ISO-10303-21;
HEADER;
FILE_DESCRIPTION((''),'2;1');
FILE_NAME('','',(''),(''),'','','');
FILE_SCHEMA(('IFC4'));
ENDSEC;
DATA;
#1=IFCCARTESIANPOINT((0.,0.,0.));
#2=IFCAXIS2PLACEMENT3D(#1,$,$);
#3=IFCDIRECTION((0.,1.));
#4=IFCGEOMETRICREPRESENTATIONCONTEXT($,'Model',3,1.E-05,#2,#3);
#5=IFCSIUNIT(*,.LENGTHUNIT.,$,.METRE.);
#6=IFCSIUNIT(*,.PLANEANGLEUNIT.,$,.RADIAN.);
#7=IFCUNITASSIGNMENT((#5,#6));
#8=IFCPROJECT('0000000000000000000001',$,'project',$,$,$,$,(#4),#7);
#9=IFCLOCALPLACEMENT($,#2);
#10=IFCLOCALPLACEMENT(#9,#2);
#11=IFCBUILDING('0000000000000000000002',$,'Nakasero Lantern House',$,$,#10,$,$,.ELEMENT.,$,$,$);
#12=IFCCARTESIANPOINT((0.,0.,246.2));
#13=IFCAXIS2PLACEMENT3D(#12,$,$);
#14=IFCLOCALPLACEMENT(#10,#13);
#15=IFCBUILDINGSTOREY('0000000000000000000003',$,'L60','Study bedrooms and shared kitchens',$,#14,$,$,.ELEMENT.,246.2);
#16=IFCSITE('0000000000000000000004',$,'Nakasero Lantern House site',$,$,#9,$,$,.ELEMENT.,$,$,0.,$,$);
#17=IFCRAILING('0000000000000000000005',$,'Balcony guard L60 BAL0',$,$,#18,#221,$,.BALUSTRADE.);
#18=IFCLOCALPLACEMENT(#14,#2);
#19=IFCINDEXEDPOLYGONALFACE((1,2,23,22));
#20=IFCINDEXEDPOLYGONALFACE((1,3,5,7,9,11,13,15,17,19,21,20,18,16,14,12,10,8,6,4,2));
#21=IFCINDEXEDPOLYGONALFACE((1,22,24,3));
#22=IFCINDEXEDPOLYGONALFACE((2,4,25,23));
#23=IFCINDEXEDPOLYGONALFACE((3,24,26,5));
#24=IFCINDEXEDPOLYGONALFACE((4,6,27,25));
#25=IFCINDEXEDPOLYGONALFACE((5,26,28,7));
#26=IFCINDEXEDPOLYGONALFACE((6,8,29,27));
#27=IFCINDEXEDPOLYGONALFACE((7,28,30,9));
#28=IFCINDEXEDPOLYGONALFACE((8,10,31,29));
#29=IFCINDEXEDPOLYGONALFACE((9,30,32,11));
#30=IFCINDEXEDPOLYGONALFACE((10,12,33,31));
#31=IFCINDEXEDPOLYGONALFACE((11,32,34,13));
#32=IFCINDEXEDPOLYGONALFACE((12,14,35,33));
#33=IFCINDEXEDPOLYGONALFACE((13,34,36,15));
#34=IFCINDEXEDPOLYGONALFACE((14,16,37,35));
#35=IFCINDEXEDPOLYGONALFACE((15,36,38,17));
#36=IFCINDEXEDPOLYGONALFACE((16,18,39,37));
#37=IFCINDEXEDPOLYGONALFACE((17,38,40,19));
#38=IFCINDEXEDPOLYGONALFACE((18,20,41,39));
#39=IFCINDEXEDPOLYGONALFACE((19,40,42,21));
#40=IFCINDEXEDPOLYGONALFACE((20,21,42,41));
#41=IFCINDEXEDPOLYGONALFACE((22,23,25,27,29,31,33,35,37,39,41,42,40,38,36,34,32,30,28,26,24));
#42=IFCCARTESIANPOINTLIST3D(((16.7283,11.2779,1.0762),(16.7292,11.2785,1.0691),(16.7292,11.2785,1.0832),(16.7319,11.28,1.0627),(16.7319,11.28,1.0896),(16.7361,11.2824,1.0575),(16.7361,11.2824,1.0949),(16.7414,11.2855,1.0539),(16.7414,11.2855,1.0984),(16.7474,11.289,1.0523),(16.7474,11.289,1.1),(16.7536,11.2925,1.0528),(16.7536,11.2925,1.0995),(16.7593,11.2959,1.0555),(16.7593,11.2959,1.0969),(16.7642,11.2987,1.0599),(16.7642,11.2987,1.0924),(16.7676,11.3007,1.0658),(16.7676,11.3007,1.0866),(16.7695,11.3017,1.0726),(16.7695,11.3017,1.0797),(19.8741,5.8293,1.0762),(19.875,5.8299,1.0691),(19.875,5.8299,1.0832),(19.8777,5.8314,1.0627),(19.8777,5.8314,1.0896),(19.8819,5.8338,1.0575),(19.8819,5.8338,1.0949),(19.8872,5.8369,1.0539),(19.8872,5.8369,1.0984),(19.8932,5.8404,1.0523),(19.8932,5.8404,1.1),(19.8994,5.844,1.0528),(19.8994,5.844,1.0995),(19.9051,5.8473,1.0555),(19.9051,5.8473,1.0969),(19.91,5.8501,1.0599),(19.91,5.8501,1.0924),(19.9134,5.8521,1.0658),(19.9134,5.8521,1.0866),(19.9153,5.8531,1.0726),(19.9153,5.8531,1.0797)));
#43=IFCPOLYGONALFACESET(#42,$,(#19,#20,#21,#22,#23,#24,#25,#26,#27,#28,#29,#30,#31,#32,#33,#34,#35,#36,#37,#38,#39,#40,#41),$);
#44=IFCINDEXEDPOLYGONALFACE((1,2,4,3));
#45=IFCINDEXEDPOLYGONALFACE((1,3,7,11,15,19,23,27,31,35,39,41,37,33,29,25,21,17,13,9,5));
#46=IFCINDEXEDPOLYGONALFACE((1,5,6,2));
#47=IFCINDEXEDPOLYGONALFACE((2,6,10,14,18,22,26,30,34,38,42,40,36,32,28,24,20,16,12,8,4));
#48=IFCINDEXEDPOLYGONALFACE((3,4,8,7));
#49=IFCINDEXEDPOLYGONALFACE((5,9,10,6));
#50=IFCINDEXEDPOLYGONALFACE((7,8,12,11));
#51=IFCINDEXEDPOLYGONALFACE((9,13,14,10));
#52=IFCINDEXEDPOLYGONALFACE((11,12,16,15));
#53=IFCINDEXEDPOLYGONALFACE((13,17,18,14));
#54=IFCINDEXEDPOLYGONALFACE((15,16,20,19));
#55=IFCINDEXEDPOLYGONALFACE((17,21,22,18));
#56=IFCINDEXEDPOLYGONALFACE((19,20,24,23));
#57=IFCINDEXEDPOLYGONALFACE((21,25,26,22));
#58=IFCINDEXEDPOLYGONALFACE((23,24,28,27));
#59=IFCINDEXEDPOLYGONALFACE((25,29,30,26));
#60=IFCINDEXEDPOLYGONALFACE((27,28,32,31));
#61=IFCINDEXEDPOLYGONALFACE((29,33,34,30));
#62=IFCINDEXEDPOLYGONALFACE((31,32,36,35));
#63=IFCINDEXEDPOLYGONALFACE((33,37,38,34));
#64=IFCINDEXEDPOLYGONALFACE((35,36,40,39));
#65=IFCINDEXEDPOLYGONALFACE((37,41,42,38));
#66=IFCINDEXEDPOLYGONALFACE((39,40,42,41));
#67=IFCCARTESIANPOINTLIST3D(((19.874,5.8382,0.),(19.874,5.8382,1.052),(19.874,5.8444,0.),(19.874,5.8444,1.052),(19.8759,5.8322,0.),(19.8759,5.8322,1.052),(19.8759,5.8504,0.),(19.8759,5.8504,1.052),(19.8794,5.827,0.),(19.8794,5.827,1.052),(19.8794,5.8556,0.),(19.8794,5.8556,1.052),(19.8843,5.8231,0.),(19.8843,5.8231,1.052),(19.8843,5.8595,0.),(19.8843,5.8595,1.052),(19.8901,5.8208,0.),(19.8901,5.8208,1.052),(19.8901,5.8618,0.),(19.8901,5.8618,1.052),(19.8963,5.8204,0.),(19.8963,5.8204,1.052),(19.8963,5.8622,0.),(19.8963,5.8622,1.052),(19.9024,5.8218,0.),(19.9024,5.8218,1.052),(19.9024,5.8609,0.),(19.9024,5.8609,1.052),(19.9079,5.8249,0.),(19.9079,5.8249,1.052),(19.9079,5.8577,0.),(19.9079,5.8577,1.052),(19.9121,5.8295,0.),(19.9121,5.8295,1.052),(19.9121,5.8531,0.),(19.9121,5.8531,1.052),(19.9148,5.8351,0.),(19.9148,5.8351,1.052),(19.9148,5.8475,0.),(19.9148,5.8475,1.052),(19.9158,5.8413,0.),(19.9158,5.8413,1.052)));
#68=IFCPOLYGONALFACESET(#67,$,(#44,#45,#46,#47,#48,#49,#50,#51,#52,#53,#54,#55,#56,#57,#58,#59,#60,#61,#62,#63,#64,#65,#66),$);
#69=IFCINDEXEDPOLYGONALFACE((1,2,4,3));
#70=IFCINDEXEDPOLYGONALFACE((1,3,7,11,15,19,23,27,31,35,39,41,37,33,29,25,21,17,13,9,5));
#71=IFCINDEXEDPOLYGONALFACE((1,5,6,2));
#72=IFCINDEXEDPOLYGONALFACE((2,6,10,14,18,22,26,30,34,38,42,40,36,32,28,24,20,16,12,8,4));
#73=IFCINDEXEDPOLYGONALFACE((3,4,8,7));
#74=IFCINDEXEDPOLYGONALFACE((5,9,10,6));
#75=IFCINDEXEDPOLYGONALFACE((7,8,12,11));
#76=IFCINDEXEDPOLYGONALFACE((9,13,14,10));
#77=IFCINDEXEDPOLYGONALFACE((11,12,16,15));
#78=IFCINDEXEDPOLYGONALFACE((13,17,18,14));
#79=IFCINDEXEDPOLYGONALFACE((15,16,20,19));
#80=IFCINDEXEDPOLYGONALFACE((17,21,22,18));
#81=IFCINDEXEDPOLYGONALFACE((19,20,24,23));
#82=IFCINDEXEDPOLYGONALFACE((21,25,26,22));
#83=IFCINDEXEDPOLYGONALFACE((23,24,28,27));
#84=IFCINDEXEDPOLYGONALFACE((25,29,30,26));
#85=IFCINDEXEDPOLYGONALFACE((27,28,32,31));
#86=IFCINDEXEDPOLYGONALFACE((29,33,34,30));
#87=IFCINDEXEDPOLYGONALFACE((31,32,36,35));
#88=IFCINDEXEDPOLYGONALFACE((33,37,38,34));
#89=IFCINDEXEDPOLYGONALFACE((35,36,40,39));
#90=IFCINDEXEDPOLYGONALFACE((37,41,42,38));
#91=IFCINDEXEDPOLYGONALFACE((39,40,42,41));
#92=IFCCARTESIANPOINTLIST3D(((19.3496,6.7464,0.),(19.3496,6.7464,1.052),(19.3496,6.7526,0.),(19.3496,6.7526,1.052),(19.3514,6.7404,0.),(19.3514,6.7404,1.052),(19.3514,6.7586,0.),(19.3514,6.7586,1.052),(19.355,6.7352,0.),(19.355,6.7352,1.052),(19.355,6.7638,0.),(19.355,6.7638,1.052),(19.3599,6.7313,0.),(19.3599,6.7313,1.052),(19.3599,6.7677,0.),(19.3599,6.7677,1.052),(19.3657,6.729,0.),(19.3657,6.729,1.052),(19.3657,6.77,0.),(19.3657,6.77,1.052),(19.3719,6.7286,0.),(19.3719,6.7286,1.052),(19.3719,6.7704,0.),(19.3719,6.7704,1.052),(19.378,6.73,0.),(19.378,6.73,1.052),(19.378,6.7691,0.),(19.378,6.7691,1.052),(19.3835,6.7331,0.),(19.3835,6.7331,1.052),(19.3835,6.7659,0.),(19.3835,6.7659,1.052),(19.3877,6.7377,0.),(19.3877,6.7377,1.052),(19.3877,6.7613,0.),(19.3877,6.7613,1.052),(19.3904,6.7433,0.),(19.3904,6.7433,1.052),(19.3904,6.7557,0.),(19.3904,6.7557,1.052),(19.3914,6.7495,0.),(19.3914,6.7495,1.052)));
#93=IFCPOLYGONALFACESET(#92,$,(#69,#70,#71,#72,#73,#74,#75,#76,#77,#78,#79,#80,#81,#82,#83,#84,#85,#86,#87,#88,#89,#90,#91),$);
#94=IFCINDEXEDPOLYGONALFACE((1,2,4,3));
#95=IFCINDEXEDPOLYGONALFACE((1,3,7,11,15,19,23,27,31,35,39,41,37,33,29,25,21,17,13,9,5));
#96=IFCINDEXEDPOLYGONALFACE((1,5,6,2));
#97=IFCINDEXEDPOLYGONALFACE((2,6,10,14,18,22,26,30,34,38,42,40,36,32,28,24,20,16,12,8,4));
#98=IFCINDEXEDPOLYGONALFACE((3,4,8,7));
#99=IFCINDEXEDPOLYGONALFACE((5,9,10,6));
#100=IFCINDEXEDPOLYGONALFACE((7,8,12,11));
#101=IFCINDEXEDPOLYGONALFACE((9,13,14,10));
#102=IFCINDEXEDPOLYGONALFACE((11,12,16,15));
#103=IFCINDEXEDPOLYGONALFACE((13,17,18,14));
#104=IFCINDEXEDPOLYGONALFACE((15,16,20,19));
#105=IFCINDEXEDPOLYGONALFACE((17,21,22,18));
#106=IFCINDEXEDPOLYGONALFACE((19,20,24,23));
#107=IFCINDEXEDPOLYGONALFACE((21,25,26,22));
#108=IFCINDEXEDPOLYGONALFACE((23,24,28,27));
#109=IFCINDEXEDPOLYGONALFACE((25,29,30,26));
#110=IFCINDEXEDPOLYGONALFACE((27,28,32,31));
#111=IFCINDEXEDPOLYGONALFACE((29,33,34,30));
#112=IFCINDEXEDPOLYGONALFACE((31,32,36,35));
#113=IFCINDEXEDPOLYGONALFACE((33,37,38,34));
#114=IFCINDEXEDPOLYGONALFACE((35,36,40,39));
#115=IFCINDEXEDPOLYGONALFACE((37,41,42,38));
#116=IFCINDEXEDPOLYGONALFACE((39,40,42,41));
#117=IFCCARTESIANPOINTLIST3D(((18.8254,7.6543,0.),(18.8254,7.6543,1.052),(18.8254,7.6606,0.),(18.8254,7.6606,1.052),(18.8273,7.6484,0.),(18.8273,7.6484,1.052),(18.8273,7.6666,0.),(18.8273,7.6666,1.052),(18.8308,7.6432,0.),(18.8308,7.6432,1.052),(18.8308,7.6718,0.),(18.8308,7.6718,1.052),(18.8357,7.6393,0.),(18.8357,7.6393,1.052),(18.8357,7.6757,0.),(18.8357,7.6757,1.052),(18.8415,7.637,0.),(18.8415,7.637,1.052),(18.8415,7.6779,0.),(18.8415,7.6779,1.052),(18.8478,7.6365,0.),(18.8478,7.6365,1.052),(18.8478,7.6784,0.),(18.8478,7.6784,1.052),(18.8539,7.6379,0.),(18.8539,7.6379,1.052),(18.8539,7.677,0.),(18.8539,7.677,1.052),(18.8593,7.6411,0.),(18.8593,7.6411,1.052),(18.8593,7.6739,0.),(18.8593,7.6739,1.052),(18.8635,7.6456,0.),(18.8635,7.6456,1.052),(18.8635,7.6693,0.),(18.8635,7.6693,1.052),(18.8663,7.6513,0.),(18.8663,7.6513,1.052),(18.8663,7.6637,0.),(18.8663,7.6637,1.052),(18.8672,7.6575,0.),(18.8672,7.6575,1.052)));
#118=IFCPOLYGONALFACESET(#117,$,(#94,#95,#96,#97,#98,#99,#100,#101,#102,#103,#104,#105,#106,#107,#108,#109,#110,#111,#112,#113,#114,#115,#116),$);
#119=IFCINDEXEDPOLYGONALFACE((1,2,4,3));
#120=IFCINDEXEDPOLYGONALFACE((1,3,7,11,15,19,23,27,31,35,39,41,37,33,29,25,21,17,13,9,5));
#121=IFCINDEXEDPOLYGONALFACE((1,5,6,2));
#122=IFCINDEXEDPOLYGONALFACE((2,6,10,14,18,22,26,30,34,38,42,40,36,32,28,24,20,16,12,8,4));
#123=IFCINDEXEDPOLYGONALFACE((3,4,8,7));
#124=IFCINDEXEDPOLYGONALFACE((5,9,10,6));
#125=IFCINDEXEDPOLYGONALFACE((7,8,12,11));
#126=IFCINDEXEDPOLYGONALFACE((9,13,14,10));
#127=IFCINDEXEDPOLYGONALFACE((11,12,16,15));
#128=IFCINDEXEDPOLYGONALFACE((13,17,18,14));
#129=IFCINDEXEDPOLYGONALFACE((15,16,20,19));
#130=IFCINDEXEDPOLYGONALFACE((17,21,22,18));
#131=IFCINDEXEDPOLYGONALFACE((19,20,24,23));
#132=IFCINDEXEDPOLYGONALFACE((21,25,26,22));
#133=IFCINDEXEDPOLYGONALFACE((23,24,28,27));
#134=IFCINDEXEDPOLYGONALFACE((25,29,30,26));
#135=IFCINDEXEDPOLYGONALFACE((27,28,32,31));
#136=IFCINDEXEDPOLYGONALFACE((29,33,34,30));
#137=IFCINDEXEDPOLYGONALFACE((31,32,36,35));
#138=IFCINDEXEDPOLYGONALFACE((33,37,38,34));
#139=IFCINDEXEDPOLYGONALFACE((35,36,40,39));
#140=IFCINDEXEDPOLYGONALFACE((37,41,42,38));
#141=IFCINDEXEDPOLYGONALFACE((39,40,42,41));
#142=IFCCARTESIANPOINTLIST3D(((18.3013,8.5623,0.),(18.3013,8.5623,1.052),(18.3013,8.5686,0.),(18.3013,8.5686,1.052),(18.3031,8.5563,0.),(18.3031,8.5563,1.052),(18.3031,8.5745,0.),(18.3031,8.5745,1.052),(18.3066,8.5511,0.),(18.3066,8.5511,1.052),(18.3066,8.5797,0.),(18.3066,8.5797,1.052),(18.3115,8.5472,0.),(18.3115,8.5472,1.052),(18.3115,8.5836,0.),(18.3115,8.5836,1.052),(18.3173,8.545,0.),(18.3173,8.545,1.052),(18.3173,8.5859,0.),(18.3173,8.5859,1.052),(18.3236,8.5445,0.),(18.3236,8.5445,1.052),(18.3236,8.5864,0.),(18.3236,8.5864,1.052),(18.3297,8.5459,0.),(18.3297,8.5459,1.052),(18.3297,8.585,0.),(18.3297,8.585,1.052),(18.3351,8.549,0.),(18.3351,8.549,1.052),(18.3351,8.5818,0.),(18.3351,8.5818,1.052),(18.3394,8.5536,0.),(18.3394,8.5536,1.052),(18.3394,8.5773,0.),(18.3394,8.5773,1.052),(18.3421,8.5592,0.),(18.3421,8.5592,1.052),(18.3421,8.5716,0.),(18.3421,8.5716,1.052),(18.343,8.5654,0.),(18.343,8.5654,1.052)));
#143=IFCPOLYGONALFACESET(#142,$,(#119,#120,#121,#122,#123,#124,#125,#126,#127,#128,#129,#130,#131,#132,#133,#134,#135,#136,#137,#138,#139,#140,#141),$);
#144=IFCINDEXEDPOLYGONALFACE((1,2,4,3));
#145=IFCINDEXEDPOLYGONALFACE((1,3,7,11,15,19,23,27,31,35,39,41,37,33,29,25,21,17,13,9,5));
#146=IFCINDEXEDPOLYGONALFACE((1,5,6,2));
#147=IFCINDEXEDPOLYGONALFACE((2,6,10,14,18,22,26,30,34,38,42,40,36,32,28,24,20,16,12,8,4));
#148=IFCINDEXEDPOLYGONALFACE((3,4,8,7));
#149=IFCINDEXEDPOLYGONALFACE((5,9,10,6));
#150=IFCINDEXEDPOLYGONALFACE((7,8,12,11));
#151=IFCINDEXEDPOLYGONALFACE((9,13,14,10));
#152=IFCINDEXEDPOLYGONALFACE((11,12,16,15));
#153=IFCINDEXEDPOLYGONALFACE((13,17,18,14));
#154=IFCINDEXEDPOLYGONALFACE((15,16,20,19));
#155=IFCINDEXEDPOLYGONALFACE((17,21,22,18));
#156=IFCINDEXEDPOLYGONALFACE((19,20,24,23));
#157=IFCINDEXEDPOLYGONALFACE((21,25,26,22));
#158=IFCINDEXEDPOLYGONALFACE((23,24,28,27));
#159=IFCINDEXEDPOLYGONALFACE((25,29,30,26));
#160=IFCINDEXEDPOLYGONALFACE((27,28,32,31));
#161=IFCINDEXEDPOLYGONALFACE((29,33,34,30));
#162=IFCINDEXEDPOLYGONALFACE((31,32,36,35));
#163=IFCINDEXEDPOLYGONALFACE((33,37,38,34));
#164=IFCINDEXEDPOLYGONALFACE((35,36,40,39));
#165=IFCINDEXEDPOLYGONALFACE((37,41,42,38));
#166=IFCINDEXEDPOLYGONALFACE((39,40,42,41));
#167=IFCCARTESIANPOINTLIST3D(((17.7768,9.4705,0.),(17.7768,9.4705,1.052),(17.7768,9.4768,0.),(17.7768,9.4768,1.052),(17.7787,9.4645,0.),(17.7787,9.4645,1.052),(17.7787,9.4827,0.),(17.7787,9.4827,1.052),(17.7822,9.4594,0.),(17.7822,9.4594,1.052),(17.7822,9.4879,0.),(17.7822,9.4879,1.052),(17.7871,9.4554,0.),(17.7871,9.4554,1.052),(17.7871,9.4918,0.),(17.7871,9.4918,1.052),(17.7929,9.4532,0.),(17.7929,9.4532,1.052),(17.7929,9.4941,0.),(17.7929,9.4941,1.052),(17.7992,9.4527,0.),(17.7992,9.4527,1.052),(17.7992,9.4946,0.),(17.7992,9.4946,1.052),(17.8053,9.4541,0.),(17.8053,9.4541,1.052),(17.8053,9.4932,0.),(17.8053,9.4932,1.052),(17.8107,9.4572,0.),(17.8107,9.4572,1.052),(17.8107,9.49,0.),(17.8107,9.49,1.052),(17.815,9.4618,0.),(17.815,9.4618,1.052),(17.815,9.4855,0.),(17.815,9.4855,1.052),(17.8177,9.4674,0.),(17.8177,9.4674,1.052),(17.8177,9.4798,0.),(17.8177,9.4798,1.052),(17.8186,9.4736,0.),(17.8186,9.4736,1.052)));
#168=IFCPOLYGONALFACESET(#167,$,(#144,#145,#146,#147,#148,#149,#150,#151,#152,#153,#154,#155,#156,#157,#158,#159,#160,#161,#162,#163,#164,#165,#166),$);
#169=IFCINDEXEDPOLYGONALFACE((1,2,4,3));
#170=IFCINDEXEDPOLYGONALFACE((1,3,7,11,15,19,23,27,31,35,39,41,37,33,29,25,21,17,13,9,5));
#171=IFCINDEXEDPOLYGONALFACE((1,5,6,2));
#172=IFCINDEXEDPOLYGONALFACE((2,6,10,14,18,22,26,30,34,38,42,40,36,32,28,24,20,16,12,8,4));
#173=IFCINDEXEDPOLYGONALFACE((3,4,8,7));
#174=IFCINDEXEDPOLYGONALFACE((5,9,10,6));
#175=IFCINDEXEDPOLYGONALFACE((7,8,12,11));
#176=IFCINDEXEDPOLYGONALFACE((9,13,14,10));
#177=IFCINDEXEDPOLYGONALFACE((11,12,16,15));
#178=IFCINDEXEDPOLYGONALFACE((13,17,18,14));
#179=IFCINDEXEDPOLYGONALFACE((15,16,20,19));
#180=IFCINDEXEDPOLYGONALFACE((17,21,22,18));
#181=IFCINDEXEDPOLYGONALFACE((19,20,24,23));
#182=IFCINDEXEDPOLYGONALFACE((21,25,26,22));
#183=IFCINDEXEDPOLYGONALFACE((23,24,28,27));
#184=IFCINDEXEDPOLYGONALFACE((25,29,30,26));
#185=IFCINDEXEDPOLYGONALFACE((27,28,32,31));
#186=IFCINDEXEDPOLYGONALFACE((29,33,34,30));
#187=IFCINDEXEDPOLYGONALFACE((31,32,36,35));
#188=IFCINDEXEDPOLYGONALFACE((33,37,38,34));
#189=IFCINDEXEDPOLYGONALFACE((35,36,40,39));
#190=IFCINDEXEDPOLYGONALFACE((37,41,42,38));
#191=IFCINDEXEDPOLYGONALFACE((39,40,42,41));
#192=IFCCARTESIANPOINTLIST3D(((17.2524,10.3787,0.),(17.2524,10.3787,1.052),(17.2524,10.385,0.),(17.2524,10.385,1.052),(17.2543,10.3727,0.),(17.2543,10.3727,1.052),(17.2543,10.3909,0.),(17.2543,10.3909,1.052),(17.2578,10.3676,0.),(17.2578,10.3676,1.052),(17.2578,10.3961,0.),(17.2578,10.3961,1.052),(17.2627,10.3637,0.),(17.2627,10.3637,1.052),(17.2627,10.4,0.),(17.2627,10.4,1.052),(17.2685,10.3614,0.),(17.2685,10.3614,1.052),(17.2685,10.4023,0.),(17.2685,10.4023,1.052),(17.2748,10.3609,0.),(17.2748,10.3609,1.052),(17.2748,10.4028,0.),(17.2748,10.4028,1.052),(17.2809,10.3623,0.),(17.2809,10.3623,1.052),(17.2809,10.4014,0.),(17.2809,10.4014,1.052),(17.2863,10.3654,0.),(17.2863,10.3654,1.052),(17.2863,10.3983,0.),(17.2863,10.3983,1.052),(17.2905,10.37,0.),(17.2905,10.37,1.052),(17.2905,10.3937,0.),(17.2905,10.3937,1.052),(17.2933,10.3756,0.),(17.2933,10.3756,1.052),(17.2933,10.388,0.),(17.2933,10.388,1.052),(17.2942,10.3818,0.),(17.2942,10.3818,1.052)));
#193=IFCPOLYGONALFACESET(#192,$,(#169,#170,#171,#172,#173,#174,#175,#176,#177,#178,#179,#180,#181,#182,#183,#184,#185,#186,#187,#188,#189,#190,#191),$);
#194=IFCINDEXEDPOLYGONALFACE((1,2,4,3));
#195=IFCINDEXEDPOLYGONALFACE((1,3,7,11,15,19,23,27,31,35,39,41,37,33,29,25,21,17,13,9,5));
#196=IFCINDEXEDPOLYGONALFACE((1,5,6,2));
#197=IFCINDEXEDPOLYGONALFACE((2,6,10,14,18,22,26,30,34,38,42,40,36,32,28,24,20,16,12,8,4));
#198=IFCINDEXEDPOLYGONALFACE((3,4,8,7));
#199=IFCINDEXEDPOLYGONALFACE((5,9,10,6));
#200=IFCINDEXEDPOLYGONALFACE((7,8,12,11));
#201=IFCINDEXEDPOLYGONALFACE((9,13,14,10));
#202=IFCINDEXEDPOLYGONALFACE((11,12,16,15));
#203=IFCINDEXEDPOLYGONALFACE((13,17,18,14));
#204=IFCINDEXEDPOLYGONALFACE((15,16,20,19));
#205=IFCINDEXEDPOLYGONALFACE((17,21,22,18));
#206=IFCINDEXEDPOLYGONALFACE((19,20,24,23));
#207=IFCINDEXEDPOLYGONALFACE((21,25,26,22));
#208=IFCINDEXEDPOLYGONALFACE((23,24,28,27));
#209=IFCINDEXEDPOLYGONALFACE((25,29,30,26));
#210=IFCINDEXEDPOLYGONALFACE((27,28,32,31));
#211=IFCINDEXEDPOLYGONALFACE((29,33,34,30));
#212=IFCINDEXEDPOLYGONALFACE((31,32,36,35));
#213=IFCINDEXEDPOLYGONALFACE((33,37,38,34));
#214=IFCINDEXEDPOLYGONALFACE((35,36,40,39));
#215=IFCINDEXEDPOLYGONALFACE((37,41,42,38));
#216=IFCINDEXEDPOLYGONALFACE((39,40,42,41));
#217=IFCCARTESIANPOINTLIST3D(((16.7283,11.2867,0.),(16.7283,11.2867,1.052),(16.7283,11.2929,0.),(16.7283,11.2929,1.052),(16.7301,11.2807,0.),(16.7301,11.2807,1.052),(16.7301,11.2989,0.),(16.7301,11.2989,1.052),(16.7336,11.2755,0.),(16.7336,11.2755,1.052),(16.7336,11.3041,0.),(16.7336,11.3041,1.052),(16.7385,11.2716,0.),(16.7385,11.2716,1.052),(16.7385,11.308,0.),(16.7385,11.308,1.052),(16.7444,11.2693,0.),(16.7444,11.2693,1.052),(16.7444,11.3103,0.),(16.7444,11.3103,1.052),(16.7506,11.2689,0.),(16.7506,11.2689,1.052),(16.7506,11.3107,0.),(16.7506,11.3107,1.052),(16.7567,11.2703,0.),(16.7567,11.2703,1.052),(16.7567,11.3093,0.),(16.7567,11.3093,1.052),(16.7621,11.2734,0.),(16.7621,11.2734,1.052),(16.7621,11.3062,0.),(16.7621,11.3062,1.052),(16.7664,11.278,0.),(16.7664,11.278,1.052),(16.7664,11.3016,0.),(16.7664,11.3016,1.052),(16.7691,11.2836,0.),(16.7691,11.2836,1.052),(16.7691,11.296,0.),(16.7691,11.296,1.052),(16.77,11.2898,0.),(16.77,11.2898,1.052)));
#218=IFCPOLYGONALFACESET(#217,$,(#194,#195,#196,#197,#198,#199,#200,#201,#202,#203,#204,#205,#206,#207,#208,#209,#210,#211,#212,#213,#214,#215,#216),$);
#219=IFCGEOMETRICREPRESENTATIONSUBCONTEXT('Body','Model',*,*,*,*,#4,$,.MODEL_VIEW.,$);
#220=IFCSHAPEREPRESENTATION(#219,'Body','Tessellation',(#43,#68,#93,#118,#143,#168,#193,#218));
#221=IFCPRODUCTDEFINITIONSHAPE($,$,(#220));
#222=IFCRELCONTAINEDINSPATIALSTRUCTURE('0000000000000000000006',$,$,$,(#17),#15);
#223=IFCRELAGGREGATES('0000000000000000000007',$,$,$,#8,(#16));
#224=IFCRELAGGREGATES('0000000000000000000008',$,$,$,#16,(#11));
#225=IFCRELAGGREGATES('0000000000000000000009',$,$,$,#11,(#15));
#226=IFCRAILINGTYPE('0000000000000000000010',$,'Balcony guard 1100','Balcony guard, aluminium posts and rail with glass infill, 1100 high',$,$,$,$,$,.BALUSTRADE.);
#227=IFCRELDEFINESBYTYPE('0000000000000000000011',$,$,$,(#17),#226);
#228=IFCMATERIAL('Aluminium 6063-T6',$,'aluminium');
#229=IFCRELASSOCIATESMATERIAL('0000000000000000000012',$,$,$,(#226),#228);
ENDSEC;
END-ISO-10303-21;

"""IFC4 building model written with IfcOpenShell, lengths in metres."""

from ifc_helpers import new_model, si_unit, direction, frame, origin, origin_2d, place, context, subcontext, project, spatial, circle, extrude, material, type_object, element, save


model = new_model("IFC4")

# Units and contexts
model_context = context("Model", 3, precision=1e-05, world=origin(), true_north=direction((0.0, 1.0)))
body_context = subcontext(model_context, "Body", "Model", "MODEL_VIEW")
ifc_project = project(units=[si_unit("LENGTHUNIT", "METRE"), si_unit("PLANEANGLEUNIT", "RADIAN")], contexts=[model_context])

# Site, building, storey
site_placement = place(None, origin())
site = spatial("IfcSite", under=ifc_project, at=site_placement, Name="Nakasero Lantern House site", CompositionType="ELEMENT", RefElevation=0.0)
building_placement = place(site_placement, origin())
building = spatial("IfcBuilding", under=site, at=building_placement, Name="Nakasero Lantern House", CompositionType="ELEMENT")
storey_placement = place(building_placement, frame((0.0, 0.0, 246.2)))
storey = spatial("IfcBuildingStorey", under=building, at=storey_placement, Name="L60", Description="Study bedrooms and shared kitchens", CompositionType="ELEMENT", Elevation=246.2)

# Railing
ifc_material_1 = material(Name="Aluminium 6063-T6", Category="aluminium")
railing_type = type_object("IfcRailingType", Name="Balcony guard 1100", Description="Balcony guard, aluminium posts and rail with glass infill, 1100 high", PredefinedType="BALUSTRADE", material=ifc_material_1)
railing_placement = place(storey_placement, frame((19.8948, 5.8413, 0.0)))
element("IfcRailing", 1, at=railing_placement, inside=storey, type_object=railing_type, Name="Balcony guard L60 BAL0", PredefinedType="BALUSTRADE", context=body_context, shape_type="SweptSolid", body=[
    extrude(circle(Radius=0.0239, at=origin_2d()), frame((0.0, 0.0, 1.0762), z_axis=(-0.500008, 0.866021, 0.0), x_axis=(-0.866021, -0.500008, 0.0)), (0.0, 0.0, 1.0), 6.2915),
    extrude(circle(Radius=0.021, at=origin_2d()), origin(), (0.0, 0.0, 1.0), 1.052),
    extrude(circle(Radius=0.021, at=origin_2d()), frame((-0.5244, 0.9082, 0.0)), (0.0, 0.0, 1.0), 1.052),
    extrude(circle(Radius=0.021, at=origin_2d()), frame((-1.0486, 1.8162, 0.0)), (0.0, 0.0, 1.0), 1.052),
    extrude(circle(Radius=0.021, at=origin_2d()), frame((-1.5728, 2.7241, 0.0)), (0.0, 0.0, 1.0), 1.052),
    extrude(circle(Radius=0.021, at=origin_2d()), frame((-2.0972, 3.6323, 0.0)), (0.0, 0.0, 1.0), 1.052),
    extrude(circle(Radius=0.021, at=origin_2d()), frame((-2.6216, 4.5405, 0.0)), (0.0, 0.0, 1.0), 1.052),
    extrude(circle(Radius=0.021, at=origin_2d()), frame((-3.1458, 5.4485, 0.0)), (0.0, 0.0, 1.0), 1.052),
])

save(model, "model.ifc")
